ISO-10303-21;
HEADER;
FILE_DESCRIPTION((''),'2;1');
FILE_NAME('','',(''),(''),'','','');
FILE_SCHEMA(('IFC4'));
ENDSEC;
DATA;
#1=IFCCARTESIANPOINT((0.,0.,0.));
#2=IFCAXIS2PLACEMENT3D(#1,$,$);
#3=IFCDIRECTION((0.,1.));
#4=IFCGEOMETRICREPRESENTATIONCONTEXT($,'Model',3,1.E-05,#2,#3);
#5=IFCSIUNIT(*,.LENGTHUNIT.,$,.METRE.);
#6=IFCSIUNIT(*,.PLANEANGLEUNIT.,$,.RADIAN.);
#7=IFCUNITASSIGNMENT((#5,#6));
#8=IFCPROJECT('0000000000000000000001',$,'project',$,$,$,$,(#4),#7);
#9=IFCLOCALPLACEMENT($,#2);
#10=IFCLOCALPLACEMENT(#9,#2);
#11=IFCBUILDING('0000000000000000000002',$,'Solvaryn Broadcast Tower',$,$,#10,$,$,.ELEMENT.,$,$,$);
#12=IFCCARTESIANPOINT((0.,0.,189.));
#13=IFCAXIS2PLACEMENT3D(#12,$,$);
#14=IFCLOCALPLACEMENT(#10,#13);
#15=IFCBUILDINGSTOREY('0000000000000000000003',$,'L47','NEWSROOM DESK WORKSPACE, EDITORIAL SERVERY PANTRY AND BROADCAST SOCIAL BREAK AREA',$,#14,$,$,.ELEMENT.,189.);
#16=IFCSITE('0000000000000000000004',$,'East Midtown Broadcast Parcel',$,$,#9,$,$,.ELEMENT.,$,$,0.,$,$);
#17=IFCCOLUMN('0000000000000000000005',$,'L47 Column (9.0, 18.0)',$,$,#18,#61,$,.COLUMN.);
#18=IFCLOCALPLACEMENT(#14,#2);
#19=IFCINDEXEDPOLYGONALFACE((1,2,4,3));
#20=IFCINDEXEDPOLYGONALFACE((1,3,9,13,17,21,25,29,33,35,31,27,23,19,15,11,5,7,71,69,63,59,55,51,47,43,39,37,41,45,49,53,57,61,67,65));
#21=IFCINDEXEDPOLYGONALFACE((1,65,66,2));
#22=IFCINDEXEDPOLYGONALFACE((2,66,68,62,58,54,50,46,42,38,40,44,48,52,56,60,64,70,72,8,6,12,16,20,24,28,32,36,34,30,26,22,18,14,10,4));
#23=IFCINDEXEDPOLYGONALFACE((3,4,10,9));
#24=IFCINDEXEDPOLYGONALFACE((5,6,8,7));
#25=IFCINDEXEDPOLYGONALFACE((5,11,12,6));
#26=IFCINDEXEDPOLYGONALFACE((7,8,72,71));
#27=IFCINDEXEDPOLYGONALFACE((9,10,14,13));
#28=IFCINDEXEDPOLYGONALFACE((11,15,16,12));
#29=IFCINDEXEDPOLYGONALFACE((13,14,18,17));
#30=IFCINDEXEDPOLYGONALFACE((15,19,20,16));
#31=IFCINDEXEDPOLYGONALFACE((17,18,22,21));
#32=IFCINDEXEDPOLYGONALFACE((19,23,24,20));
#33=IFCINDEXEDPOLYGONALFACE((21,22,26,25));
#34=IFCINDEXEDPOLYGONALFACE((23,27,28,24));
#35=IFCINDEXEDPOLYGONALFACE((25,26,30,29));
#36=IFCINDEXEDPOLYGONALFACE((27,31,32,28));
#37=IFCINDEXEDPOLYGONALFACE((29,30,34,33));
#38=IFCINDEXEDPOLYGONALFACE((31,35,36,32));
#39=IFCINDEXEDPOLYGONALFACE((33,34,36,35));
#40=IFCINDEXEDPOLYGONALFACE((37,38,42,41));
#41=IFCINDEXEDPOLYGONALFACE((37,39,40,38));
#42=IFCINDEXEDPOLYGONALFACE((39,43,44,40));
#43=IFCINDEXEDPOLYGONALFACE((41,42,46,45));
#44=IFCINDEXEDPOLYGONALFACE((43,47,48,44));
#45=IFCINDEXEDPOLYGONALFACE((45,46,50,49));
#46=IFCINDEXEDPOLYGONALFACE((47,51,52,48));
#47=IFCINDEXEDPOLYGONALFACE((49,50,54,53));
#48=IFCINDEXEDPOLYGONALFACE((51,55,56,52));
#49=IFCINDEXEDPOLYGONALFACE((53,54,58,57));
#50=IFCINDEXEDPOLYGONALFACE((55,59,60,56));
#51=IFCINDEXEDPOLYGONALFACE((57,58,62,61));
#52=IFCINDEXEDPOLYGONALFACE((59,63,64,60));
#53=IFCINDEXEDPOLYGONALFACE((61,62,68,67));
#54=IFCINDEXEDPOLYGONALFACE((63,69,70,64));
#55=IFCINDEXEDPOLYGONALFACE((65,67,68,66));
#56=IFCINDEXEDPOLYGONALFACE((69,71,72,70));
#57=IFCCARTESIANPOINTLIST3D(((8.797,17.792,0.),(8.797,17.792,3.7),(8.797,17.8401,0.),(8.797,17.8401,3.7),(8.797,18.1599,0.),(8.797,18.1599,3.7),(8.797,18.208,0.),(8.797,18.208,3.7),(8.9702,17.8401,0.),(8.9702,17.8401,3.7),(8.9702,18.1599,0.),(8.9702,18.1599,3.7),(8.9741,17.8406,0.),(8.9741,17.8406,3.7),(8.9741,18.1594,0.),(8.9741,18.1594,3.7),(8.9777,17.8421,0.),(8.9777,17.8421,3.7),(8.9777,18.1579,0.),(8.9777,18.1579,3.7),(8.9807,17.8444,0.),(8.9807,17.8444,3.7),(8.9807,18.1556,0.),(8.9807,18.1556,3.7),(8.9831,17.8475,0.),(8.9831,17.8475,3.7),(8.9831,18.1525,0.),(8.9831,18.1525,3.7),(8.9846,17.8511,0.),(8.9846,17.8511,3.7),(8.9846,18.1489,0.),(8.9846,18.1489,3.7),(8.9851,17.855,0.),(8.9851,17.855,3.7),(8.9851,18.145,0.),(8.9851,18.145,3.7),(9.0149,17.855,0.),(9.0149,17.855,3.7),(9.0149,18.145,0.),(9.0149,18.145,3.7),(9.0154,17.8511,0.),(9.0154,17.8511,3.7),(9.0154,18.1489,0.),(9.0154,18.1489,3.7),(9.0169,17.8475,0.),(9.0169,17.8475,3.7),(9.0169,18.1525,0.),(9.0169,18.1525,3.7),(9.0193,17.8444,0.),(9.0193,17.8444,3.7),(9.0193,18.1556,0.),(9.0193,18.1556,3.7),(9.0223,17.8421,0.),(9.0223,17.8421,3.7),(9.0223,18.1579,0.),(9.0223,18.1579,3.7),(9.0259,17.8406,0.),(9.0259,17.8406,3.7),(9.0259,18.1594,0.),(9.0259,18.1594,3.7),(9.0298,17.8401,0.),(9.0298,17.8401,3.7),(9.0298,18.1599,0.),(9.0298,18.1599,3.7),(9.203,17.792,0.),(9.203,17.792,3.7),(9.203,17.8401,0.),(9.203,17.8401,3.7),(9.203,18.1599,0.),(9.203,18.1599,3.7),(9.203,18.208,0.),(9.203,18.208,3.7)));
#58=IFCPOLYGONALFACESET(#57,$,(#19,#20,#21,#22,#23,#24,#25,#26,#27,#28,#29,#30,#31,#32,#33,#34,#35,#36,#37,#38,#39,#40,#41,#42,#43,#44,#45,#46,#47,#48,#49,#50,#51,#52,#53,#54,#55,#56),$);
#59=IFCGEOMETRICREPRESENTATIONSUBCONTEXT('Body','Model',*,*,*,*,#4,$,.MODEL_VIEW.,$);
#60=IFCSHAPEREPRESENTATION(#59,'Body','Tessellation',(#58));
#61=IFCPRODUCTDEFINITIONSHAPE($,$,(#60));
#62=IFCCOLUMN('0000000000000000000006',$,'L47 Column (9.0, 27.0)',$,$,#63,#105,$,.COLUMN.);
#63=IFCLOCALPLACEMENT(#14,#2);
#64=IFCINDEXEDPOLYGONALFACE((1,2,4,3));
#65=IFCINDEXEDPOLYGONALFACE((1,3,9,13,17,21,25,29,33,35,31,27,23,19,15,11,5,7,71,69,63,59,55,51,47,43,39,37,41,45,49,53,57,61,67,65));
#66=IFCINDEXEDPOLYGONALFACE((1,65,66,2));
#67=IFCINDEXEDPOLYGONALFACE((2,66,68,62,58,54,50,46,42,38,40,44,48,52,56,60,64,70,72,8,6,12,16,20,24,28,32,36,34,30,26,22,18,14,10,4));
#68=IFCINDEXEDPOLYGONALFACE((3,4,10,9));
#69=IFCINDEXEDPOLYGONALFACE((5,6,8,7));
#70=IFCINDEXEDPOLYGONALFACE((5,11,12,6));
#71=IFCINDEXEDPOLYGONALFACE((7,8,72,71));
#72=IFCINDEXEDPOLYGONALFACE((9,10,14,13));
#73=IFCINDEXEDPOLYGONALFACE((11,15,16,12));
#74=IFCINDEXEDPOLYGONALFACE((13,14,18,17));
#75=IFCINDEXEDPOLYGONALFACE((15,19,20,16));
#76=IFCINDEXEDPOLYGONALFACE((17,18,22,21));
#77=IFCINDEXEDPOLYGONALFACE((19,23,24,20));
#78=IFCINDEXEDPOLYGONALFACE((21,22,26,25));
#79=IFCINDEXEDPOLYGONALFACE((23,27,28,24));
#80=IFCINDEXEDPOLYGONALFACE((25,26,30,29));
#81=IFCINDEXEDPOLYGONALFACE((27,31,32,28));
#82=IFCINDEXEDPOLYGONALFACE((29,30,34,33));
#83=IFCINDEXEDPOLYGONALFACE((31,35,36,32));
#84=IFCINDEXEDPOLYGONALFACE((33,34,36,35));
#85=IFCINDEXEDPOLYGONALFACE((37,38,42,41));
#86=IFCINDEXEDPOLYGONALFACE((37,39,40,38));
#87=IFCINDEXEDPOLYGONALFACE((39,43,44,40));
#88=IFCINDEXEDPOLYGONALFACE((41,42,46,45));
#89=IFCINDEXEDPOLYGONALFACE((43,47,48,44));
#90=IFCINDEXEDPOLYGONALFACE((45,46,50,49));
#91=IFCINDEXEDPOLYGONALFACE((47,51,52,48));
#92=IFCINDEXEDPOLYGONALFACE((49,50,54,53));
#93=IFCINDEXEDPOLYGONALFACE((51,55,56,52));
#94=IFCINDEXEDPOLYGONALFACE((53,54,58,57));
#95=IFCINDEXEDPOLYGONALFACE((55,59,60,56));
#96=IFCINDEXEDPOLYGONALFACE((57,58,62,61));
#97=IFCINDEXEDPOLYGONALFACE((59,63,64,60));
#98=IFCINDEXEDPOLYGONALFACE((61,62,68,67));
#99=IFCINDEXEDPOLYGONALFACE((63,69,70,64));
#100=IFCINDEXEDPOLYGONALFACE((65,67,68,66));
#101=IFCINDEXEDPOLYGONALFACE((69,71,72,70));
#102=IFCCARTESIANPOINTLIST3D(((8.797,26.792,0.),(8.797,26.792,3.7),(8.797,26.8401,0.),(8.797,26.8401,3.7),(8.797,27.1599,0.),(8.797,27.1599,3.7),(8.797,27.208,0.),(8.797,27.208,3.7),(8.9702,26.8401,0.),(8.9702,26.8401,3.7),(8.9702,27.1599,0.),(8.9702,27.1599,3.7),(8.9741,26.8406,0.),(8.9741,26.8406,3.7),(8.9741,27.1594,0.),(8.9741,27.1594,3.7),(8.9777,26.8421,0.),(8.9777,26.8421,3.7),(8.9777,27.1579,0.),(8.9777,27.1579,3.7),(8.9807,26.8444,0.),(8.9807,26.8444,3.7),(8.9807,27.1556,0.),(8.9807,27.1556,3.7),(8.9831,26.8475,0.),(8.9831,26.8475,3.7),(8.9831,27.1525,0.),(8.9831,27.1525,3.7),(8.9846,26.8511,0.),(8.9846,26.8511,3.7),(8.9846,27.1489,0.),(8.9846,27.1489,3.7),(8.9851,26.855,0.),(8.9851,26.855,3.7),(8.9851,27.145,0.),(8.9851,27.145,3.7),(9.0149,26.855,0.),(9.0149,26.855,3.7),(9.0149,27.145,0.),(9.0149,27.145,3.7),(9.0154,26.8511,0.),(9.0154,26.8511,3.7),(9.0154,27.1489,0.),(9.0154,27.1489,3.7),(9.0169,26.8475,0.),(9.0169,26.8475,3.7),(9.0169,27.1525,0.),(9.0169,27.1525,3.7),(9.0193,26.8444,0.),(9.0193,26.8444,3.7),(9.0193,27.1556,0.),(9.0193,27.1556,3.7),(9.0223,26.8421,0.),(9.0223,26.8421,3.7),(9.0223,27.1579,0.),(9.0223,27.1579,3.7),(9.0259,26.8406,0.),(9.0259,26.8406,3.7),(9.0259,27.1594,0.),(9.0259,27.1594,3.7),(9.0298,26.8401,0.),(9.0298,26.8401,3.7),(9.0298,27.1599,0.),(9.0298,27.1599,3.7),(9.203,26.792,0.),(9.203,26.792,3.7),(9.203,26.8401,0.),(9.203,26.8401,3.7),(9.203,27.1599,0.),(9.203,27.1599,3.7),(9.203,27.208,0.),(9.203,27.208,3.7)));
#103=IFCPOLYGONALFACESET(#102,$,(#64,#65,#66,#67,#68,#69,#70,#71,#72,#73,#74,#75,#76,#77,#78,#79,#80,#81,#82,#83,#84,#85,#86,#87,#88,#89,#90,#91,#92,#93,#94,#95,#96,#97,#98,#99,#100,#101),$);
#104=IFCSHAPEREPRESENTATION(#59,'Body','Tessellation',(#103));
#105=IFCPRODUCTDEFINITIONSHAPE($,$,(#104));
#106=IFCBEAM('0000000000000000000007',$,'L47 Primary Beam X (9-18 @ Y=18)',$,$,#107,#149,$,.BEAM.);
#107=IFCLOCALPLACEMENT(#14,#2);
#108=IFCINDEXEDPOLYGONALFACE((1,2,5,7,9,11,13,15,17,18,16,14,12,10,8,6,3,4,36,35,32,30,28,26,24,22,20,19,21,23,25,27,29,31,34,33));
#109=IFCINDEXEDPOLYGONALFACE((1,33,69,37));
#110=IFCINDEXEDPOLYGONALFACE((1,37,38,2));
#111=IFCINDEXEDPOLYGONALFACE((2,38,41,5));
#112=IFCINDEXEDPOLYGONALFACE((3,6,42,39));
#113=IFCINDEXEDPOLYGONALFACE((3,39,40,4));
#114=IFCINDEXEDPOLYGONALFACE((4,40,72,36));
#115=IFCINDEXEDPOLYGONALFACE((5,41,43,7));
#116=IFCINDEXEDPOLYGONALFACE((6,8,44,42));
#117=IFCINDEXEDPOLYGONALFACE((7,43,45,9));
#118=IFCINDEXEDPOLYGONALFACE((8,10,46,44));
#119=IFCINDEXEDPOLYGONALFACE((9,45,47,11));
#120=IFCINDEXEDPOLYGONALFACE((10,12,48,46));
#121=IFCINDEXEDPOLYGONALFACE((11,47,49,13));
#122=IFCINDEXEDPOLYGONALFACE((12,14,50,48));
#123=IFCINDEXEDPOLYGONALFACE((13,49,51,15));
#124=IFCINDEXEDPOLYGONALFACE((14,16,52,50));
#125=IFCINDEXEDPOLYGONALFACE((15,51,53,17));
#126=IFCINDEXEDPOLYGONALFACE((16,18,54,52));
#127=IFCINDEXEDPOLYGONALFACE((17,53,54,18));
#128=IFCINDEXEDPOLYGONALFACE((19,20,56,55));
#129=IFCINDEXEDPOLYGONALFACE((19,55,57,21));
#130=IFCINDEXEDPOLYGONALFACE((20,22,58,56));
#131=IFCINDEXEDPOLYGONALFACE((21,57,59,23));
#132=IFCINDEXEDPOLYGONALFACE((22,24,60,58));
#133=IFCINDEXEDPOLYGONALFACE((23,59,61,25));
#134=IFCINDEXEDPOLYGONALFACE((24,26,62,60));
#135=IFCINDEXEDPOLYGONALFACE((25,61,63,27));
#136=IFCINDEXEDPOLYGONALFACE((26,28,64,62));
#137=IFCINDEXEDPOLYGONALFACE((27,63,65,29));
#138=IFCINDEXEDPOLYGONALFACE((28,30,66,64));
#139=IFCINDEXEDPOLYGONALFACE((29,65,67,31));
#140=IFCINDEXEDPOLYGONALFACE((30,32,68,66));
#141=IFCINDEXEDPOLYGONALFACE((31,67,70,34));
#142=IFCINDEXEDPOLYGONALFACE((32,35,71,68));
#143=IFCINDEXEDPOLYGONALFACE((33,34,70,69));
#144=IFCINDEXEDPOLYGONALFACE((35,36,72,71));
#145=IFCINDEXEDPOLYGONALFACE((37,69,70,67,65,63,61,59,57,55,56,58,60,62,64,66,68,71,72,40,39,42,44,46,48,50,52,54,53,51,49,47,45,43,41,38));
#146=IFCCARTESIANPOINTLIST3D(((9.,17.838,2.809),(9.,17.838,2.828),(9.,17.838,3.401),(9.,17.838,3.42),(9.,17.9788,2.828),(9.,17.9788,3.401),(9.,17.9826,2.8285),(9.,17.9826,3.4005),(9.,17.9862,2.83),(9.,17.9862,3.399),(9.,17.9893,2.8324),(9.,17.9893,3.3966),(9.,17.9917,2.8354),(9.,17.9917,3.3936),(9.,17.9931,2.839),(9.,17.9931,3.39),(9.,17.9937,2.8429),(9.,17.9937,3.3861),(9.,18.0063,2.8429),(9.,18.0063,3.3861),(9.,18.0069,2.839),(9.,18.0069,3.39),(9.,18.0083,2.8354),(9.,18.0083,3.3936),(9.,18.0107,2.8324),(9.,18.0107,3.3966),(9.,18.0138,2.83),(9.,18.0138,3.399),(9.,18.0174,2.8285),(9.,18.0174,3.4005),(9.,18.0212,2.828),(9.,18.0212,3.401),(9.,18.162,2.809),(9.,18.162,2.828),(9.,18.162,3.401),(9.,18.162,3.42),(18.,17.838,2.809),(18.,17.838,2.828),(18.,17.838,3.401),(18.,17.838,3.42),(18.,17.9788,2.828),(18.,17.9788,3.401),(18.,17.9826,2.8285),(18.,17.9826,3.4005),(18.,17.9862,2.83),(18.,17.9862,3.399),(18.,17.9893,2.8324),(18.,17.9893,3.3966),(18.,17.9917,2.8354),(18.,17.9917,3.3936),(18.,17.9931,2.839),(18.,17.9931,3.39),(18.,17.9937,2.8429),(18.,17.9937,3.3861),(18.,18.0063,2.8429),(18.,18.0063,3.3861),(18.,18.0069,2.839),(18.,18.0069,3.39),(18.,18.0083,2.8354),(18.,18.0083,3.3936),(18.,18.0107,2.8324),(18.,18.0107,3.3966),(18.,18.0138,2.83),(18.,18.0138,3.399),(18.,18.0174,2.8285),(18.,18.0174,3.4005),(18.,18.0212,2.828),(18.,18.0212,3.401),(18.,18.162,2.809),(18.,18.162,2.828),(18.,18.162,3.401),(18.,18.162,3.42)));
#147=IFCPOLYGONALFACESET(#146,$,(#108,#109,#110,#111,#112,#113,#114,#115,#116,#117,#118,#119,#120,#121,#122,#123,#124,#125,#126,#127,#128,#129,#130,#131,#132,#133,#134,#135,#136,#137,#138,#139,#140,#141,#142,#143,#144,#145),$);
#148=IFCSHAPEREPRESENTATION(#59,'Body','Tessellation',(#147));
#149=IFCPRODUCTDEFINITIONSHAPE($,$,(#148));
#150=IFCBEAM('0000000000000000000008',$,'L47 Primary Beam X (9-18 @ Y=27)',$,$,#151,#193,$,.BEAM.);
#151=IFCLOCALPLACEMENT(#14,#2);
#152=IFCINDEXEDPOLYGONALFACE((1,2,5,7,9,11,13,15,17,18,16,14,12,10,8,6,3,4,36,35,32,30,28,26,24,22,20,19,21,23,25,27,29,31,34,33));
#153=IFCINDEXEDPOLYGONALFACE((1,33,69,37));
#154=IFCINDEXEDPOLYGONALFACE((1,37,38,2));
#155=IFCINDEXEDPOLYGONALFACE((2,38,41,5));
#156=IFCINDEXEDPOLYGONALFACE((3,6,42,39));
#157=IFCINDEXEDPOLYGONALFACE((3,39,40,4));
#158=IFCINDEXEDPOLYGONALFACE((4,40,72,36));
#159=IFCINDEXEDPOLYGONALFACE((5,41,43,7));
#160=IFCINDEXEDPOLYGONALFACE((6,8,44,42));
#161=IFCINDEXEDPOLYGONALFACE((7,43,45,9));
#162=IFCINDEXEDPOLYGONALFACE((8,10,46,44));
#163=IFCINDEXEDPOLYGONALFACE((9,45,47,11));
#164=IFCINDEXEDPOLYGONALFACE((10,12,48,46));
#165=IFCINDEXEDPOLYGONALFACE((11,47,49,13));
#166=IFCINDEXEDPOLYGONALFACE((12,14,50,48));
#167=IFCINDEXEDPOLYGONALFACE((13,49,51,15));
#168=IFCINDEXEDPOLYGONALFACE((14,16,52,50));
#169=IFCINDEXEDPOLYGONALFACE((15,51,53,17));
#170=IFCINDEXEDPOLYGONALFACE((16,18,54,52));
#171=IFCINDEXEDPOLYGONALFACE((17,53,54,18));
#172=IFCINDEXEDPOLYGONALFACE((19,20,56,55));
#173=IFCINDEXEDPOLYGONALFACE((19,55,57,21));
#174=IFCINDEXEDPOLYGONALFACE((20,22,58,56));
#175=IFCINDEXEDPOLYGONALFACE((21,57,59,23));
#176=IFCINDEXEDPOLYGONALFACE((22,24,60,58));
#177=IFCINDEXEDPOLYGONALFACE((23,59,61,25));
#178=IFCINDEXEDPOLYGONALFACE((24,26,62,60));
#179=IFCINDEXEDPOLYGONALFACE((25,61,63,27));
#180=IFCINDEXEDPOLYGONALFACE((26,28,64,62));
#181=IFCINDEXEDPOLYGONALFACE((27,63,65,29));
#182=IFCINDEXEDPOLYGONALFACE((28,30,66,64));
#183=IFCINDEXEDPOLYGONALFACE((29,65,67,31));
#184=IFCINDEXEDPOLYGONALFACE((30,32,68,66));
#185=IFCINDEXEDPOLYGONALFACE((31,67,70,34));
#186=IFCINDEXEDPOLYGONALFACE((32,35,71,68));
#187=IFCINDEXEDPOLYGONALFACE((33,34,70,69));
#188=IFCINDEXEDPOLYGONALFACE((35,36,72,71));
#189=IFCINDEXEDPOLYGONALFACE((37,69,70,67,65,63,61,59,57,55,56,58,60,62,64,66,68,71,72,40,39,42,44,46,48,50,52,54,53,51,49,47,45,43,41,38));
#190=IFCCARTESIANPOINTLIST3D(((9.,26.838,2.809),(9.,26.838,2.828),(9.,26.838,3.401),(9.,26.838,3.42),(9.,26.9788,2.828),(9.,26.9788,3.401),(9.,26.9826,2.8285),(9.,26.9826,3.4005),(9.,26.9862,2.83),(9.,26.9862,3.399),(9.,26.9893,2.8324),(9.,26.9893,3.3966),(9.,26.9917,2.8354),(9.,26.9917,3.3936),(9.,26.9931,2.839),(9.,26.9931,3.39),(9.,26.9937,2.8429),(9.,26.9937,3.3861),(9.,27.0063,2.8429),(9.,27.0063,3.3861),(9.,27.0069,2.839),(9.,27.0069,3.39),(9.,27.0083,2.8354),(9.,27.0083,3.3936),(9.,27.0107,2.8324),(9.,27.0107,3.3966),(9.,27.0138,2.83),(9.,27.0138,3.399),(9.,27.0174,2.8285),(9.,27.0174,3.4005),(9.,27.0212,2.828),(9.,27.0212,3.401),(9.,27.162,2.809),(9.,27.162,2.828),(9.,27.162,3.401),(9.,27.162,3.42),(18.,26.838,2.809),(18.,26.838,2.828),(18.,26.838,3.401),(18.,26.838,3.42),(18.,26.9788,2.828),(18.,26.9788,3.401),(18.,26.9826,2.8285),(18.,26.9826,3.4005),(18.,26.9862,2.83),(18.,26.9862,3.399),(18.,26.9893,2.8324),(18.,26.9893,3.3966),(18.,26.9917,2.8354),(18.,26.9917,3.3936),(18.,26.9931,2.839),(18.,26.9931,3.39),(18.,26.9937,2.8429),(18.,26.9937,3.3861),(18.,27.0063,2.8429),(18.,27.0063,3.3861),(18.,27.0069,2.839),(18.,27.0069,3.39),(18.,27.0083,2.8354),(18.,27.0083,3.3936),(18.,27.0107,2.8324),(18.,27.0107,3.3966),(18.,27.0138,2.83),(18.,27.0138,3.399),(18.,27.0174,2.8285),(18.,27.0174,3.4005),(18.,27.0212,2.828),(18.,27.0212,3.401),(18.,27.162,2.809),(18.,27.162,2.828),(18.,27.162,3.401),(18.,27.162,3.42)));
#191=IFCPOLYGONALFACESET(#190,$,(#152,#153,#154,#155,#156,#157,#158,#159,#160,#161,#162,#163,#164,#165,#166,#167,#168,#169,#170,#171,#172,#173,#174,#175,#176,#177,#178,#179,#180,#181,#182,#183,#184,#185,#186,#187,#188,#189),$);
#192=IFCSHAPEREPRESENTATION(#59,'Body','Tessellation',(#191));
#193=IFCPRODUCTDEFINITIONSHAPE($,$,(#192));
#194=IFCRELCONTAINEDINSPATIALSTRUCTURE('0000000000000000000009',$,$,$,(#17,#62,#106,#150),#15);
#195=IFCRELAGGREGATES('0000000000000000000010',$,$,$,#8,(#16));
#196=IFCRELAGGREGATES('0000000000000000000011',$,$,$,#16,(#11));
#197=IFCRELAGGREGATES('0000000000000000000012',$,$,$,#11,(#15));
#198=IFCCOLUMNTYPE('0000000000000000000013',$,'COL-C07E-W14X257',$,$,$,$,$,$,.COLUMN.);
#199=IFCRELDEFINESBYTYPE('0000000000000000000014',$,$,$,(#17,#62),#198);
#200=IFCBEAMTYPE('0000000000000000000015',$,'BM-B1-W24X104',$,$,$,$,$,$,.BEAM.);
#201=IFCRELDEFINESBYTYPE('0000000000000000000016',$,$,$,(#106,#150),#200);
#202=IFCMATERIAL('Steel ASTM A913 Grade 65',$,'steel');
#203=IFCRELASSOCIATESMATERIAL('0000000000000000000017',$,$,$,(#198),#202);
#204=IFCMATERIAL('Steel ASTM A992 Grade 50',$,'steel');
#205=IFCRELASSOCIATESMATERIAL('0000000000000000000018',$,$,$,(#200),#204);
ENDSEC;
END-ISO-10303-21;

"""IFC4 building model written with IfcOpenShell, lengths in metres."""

from ifc_helpers import new_model, si_unit, direction, frame, origin, origin_2d, place, context, subcontext, project, spatial, i_section, extrude, material, material_profile, profile_set, type_object, element, save


model = new_model("IFC4")

# Units and contexts
model_context = context("Model", 3, precision=1e-05, world=origin(), true_north=direction((0.0, 1.0)))
body_context = subcontext(model_context, "Body", "Model", "MODEL_VIEW")
ifc_project = project(units=[si_unit("LENGTHUNIT", "METRE"), si_unit("PLANEANGLEUNIT", "RADIAN")], contexts=[model_context])

# Site, building, storey
site_placement = place(None, origin())
site = spatial("IfcSite", under=ifc_project, at=site_placement, Name="East Midtown Broadcast Parcel", CompositionType="ELEMENT", RefElevation=0.0)
building_placement = place(site_placement, origin())
building = spatial("IfcBuilding", under=site, at=building_placement, Name="Solvaryn Broadcast Tower", CompositionType="ELEMENT")
storey_placement = place(building_placement, frame((0.0, 0.0, 189.0)))
storey = spatial("IfcBuildingStorey", under=building, at=storey_placement, Name="L47", Description="NEWSROOM DESK WORKSPACE, EDITORIAL SERVERY PANTRY AND BROADCAST SOCIAL BREAK AREA", CompositionType="ELEMENT", Elevation=189.0)

# Columns
ifc_material_1 = material(Name="Steel ASTM A913 Grade 65", Category="steel")
ifc_material_profile_1 = material_profile(ifc_material_1, i_section(OverallWidth=0.406, OverallDepth=0.416, WebThickness=0.0298, FlangeThickness=0.0481, FilletRadius=0.0149, at=origin_2d()))
ifc_profile_set_1 = profile_set([ifc_material_profile_1], Name="Steel ASTM A913 Grade 65")
column_type = type_object("IfcColumnType", Name="COL-C07E-W14X257", PredefinedType="COLUMN", material=ifc_profile_set_1)
for number, where, z_axis, x_axis, name in (
    (1, (9.0, 18.0, 0.0), (0.0, 0.0, 1.0), (1.0, 0.0, 0.0), "L47 Column (9.0, 18.0)"),
    (2, (9.0, 27.0, 0.0), (0.0, 0.0, 1.0), (1.0, 0.0, 0.0), "L47 Column (9.0, 27.0)"),
):
    element("IfcColumn", number, at=place(storey_placement, frame(where, z_axis=z_axis, x_axis=x_axis)), inside=storey, type_object=column_type, Name=name, PredefinedType="COLUMN", context=body_context, shape_type="SweptSolid", body=[
        extrude(i_section(OverallWidth=0.406, OverallDepth=0.416, WebThickness=0.0298, FlangeThickness=0.0481, FilletRadius=0.0149, at=origin_2d()), origin(), (0.0, 0.0, 1.0), 3.7),
    ])

# Beams
ifc_material_2 = material(Name="Steel ASTM A992 Grade 50", Category="steel")
ifc_material_profile_2 = material_profile(ifc_material_2, i_section(OverallWidth=0.324, OverallDepth=0.6111, WebThickness=0.0127, FlangeThickness=0.019, FilletRadius=0.0149, at=origin_2d()))
ifc_profile_set_2 = profile_set([ifc_material_profile_2], Name="Steel ASTM A992 Grade 50")
beam_type_1 = type_object("IfcBeamType", Name="BM-B1-W24X104", PredefinedType="BEAM", material=ifc_profile_set_2)
for number, where, z_axis, x_axis, name in (
    (3, (9.0, 18.0, 3.1145), (1.0, 0.0, 0.0), (0.0, 1.0, 0.0), "L47 Primary Beam X (9-18 @ Y=18)"),
    (4, (9.0, 27.0, 3.1145), (1.0, 0.0, 0.0), (0.0, 1.0, 0.0), "L47 Primary Beam X (9-18 @ Y=27)"),
):
    element("IfcBeam", number, at=place(storey_placement, frame(where, z_axis=z_axis, x_axis=x_axis)), inside=storey, type_object=beam_type_1, Name=name, PredefinedType="BEAM", context=body_context, shape_type="SweptSolid", body=[
        extrude(i_section(OverallWidth=0.324, OverallDepth=0.6111, WebThickness=0.0127, FlangeThickness=0.019, FilletRadius=0.0149, at=origin_2d()), origin(), (0.0, 0.0, 1.0), 9.0),
    ])

save(model, "model.ifc")
